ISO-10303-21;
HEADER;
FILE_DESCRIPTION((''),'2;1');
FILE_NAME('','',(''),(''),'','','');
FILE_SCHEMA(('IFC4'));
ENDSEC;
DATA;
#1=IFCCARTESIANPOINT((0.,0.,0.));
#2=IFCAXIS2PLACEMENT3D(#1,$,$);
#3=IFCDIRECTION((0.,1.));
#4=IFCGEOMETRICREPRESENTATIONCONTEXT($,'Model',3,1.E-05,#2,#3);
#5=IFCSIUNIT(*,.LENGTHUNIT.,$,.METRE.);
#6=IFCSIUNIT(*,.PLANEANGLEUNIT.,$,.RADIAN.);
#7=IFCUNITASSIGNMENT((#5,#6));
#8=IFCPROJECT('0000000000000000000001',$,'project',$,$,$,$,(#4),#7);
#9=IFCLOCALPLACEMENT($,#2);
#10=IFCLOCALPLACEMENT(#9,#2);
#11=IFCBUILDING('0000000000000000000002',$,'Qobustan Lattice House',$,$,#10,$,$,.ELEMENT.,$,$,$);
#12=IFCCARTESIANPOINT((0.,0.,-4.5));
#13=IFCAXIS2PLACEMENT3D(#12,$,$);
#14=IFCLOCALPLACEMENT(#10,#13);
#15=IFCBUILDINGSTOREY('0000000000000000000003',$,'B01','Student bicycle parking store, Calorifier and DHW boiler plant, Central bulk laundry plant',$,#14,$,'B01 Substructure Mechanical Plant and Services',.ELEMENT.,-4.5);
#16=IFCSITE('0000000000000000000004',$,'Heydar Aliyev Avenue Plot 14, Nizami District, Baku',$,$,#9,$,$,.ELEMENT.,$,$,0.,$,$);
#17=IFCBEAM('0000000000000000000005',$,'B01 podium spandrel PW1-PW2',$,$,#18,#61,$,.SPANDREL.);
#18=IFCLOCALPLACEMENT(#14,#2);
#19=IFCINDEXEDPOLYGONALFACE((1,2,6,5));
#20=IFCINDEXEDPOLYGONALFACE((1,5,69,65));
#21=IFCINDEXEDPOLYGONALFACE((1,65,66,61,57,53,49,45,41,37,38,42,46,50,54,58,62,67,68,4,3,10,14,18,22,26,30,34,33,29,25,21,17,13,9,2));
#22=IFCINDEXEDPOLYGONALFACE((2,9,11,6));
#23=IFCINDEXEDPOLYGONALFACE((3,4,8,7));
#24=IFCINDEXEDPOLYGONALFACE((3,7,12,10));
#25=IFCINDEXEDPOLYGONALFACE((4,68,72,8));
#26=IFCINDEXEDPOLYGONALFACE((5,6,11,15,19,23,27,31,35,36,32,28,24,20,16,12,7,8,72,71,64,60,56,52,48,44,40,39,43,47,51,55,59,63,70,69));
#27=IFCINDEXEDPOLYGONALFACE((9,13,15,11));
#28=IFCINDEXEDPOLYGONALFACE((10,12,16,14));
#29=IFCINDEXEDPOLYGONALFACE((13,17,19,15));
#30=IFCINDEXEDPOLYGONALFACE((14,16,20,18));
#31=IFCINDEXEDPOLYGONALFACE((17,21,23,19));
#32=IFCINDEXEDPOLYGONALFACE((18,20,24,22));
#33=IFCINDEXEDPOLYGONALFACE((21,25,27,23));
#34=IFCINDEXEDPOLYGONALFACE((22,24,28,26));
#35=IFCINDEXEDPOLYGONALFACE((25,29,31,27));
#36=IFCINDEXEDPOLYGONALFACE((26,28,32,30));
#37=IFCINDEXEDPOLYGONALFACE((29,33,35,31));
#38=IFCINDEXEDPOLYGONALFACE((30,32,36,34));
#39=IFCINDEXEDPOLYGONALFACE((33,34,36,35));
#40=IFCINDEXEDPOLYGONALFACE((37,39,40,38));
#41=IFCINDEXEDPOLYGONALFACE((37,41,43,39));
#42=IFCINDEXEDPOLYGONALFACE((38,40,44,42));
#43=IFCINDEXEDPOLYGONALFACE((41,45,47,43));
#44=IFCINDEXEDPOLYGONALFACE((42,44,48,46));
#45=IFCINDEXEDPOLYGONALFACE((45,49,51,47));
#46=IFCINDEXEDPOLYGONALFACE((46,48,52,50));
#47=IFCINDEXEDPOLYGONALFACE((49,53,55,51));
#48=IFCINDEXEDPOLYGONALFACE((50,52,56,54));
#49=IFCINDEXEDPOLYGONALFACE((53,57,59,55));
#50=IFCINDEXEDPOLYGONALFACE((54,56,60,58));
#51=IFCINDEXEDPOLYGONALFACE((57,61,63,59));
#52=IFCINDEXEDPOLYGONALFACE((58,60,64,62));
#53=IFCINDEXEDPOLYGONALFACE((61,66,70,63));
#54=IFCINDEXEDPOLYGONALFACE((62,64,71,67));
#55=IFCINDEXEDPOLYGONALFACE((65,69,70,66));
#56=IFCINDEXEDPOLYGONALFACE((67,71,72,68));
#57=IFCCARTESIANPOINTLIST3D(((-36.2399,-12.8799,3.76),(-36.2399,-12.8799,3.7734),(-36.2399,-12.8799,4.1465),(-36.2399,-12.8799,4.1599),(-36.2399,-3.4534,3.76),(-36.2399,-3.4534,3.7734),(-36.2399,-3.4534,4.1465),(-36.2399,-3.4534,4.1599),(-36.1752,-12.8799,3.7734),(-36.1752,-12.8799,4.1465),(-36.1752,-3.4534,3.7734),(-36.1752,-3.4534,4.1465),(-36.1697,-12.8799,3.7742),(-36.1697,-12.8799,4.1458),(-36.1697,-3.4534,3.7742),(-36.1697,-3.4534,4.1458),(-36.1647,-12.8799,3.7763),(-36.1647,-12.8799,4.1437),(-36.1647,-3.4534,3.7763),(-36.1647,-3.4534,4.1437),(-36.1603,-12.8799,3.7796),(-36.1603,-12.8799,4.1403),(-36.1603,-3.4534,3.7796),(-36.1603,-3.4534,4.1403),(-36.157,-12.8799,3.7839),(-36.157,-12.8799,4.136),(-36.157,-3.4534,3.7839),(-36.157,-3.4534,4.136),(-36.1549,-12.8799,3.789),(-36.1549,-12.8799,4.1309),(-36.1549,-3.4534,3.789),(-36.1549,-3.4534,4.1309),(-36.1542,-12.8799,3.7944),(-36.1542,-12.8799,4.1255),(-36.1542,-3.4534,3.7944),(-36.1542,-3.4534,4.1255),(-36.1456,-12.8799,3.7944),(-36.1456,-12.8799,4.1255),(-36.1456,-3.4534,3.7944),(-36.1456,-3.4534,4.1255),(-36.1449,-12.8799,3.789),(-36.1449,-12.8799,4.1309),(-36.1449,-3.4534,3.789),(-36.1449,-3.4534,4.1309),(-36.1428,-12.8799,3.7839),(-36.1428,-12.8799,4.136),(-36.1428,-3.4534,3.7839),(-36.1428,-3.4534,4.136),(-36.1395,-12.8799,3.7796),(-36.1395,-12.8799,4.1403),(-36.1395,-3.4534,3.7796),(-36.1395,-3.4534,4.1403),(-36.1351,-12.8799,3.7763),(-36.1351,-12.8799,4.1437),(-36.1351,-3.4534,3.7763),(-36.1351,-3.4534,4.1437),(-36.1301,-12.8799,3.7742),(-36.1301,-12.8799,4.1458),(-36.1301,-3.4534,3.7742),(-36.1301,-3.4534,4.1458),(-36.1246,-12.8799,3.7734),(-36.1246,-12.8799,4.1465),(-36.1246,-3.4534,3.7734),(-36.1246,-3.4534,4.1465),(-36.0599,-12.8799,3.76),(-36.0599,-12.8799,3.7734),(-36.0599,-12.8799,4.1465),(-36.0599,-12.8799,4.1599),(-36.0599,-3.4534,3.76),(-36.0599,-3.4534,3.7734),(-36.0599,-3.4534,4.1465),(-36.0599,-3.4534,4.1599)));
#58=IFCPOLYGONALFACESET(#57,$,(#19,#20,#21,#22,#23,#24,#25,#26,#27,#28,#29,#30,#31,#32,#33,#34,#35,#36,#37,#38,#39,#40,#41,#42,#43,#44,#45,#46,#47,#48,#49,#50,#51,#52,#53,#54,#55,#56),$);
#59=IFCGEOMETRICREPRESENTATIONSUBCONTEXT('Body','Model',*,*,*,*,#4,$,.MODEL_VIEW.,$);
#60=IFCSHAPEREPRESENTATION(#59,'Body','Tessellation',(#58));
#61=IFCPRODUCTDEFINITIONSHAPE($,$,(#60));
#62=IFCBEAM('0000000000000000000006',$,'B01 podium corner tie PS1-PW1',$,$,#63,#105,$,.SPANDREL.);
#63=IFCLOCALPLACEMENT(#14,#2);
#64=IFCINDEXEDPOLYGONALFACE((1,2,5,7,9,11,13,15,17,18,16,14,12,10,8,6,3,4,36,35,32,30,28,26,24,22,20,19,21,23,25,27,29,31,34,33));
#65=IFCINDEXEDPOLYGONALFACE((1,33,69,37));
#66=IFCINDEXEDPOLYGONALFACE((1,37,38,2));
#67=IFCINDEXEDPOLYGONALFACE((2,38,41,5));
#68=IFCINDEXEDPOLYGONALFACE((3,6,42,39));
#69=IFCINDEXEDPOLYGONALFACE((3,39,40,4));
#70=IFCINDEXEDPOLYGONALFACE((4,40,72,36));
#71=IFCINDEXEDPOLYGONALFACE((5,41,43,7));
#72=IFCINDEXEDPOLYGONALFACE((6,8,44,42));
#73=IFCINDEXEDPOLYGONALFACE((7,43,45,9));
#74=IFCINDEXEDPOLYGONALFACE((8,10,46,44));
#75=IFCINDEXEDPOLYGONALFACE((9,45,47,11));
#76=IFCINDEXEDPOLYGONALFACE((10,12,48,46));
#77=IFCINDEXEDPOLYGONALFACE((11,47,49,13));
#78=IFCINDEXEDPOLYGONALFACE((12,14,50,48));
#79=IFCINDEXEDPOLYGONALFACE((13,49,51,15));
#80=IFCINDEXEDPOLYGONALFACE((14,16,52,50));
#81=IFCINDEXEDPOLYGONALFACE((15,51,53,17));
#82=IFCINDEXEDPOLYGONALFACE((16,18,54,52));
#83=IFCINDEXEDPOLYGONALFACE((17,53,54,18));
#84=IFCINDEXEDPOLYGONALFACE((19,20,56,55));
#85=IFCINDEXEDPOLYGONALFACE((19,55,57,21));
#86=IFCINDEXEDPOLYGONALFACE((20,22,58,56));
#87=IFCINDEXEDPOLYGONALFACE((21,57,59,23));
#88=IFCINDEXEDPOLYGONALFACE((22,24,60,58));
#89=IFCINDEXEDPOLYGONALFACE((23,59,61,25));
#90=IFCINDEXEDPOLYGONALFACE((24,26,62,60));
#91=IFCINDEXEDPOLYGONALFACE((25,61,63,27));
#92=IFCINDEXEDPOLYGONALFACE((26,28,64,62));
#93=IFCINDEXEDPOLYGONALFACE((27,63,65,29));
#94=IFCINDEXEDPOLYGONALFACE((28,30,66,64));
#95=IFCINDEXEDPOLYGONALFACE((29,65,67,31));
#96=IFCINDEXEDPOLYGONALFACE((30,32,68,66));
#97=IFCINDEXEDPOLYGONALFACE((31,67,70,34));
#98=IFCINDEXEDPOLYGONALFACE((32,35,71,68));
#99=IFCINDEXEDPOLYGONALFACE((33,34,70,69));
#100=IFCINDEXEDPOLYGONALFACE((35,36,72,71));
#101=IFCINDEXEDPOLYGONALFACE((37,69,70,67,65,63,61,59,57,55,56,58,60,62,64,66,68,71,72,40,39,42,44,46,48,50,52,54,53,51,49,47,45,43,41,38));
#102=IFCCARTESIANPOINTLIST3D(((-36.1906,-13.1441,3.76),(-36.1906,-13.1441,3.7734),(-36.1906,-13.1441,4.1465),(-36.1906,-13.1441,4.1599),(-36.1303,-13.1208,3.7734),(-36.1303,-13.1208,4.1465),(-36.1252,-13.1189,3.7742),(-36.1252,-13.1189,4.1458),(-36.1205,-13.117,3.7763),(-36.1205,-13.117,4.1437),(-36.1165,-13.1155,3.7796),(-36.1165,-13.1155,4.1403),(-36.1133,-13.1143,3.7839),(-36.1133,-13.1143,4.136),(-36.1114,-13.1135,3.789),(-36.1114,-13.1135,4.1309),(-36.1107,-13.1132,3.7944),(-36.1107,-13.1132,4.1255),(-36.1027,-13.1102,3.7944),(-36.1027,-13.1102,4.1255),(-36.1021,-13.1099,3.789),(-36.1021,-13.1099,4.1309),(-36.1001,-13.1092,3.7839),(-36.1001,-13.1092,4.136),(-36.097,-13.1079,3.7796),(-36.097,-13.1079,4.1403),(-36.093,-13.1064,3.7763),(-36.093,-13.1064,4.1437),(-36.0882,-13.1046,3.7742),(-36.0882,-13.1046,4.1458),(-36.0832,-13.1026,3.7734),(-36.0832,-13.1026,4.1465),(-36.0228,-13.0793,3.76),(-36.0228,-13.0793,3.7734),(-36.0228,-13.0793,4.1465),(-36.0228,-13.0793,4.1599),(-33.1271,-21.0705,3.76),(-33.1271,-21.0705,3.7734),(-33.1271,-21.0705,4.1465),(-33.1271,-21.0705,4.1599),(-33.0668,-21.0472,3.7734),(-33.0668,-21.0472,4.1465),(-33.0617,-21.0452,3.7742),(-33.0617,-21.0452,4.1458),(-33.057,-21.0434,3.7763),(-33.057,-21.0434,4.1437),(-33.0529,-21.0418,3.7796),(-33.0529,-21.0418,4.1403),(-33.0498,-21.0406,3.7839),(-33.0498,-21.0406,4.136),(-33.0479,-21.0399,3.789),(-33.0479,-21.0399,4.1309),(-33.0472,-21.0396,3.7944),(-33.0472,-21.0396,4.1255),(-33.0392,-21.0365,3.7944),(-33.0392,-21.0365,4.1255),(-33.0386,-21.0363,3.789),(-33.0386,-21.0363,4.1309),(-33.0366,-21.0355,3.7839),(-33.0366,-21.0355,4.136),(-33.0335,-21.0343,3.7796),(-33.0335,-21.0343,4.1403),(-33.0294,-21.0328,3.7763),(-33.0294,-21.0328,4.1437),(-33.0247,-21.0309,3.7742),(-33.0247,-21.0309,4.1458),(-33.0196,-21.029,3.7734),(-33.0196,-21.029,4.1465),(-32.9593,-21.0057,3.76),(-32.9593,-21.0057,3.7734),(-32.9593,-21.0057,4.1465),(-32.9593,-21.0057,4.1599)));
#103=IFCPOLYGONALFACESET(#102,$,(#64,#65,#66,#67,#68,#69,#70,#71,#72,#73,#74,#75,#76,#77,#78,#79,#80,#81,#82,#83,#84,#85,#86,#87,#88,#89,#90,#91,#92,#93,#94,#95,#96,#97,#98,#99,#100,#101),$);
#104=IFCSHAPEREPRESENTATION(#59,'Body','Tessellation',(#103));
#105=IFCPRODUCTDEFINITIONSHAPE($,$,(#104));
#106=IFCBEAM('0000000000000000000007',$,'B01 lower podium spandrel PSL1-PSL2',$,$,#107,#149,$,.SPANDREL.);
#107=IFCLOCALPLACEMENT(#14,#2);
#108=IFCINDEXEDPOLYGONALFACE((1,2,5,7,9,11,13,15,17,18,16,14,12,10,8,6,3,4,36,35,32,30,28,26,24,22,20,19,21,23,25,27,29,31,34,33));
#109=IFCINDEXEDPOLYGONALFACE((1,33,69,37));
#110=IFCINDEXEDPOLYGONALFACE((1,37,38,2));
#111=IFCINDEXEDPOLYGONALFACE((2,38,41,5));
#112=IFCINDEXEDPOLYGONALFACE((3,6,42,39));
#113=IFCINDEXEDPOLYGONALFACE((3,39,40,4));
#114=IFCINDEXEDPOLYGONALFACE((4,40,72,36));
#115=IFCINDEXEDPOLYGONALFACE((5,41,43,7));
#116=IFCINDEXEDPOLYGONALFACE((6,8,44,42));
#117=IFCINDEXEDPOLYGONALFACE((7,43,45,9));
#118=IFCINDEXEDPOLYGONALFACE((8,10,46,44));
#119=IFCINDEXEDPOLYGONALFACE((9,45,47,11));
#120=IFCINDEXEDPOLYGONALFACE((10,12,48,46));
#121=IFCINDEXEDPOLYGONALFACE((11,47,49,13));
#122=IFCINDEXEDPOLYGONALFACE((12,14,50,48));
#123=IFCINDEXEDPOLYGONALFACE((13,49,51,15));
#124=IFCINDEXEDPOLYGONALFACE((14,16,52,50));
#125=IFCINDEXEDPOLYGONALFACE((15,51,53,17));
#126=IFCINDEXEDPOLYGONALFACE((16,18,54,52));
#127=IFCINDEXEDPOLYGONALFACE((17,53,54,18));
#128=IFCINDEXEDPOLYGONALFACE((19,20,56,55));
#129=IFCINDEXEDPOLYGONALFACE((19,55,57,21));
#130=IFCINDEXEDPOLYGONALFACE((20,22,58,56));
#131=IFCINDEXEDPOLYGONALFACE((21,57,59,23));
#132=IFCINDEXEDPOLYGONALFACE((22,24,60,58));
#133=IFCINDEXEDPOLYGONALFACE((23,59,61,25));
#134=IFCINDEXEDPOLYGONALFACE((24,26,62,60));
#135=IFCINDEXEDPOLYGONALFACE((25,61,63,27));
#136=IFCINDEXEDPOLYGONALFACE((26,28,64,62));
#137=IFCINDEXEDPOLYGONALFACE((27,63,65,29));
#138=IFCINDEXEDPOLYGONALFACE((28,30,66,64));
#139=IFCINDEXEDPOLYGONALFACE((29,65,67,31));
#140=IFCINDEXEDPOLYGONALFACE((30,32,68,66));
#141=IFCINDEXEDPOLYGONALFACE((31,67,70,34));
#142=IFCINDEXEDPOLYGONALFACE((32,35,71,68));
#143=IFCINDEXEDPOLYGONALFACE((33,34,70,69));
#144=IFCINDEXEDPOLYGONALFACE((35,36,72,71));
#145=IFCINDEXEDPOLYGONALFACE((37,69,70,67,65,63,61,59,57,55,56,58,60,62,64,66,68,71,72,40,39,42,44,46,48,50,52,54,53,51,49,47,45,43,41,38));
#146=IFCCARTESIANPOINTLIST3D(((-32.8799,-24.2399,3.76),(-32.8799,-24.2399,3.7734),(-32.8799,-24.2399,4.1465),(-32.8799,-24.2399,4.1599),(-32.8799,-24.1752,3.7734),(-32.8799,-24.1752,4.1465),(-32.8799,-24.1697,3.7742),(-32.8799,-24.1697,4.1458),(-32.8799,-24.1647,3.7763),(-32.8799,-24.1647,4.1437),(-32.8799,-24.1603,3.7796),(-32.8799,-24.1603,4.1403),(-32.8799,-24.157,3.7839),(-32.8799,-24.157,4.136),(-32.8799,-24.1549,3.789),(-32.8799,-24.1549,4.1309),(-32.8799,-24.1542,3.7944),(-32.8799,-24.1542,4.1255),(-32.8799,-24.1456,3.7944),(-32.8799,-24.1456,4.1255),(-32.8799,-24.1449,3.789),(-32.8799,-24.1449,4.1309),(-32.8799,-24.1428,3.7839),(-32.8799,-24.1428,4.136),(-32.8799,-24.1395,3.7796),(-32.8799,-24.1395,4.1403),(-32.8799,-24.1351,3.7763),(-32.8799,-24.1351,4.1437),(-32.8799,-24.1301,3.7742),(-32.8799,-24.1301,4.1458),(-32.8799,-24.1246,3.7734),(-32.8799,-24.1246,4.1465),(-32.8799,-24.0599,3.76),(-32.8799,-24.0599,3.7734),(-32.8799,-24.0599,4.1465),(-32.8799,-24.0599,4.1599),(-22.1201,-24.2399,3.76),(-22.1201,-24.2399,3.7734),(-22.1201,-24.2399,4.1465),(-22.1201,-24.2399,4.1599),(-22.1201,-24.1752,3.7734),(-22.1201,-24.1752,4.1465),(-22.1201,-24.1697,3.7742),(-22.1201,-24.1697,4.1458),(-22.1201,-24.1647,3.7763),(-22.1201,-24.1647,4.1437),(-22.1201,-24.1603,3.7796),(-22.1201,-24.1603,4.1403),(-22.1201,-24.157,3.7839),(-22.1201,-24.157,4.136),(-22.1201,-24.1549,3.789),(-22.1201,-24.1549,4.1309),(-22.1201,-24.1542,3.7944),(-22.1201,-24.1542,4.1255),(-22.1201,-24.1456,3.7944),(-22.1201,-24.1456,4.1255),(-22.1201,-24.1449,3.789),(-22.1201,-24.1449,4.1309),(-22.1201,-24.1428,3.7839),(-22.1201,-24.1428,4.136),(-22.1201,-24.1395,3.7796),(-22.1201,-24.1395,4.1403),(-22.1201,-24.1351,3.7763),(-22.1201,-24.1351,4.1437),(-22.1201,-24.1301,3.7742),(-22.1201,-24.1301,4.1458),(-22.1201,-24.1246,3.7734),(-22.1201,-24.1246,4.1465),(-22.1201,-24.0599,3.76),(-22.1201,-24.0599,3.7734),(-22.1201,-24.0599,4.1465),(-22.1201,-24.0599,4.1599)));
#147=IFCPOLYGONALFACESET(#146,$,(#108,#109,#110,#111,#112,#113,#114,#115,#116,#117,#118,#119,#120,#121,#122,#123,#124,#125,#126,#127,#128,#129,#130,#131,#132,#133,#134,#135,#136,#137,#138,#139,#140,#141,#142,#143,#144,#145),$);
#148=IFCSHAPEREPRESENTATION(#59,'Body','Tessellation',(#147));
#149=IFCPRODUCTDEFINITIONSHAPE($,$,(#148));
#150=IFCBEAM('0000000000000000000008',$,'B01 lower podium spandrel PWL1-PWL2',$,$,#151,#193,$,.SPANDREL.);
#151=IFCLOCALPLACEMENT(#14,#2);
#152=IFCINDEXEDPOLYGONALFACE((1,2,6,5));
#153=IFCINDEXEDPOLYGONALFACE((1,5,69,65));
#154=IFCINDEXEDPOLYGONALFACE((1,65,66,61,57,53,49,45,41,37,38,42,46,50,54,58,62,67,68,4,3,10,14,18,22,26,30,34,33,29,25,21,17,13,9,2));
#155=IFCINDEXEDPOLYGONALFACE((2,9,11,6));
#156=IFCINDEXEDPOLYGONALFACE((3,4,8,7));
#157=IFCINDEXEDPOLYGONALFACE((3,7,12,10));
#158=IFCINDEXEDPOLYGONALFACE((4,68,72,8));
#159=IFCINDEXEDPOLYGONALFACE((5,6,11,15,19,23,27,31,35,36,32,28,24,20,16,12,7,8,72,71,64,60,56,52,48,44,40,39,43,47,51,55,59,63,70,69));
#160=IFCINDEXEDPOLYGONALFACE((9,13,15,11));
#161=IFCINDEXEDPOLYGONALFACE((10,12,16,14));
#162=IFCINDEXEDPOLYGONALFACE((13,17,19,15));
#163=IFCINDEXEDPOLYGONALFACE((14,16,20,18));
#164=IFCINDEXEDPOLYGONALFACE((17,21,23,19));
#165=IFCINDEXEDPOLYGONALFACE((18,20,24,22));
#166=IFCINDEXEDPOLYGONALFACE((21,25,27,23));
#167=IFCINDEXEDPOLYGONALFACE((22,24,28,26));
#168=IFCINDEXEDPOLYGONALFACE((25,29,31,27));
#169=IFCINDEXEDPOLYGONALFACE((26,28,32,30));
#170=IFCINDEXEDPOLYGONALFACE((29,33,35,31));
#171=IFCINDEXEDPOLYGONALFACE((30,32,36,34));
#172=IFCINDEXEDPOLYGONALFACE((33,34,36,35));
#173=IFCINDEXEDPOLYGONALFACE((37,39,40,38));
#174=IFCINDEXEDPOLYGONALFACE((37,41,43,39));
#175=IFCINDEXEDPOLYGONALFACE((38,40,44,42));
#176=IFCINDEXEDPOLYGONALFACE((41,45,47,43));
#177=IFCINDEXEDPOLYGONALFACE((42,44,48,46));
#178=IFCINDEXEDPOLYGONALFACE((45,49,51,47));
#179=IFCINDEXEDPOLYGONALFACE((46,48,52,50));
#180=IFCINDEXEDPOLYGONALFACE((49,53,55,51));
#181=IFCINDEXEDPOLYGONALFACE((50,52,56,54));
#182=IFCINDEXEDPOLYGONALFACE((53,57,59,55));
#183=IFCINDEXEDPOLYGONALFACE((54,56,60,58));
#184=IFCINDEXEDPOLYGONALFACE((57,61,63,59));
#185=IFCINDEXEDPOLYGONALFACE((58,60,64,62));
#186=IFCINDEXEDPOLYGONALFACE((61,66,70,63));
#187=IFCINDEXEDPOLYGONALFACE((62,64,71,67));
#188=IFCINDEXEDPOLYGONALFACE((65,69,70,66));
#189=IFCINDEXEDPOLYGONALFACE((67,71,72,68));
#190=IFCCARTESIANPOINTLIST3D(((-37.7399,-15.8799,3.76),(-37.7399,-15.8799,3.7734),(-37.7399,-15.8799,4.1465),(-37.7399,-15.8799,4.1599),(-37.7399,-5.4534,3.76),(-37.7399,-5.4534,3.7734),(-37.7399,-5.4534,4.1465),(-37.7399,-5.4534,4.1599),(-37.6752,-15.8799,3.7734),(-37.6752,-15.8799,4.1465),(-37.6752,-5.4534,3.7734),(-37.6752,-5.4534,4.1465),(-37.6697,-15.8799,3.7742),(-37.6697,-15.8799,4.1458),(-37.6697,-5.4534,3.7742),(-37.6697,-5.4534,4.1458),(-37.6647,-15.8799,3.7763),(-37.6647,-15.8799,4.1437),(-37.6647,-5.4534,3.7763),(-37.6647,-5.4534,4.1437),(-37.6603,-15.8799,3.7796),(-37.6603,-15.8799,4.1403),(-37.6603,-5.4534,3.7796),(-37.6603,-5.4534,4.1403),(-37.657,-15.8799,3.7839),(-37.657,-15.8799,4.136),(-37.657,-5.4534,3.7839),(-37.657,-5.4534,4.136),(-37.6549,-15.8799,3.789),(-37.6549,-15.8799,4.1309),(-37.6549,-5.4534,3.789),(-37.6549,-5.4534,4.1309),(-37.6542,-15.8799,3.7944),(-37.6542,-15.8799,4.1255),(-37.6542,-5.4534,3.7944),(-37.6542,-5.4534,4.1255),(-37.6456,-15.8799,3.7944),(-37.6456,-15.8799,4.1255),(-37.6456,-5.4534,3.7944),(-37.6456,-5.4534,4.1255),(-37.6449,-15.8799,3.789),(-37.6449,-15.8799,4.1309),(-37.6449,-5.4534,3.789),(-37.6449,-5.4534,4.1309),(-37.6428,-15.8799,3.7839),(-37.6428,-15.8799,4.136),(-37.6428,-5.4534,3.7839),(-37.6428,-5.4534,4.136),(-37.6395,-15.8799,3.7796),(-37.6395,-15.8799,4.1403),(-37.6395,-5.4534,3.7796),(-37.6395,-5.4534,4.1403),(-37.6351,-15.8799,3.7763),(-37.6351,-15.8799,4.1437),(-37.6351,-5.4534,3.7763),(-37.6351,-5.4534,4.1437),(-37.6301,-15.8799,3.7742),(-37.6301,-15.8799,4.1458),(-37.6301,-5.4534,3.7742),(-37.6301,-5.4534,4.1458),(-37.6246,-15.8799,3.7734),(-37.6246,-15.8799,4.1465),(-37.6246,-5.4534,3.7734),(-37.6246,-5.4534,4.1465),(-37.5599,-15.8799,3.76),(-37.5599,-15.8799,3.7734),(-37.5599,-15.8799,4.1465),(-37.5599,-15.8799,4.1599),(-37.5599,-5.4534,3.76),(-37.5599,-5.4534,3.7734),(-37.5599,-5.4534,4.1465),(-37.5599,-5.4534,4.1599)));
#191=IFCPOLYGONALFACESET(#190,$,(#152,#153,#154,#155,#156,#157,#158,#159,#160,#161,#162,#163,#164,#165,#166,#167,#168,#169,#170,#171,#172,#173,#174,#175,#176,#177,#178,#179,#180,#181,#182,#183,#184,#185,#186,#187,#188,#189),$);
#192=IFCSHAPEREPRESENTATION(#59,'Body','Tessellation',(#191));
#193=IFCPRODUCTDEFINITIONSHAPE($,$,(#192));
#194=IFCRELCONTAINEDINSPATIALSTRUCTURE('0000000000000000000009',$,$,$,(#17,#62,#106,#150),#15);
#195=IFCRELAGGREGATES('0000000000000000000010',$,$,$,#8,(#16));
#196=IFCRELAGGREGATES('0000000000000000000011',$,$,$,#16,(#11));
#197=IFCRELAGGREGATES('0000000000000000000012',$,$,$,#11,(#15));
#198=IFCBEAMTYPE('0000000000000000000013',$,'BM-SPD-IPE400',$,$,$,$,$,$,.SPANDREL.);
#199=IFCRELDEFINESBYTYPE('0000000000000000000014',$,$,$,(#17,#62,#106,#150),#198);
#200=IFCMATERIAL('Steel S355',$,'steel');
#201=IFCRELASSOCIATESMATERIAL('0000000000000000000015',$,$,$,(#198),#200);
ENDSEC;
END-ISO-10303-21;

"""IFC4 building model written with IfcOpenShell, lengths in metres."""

from ifc_helpers import new_model, si_unit, direction, frame, origin, origin_2d, place, context, subcontext, project, spatial, i_section, extrude, material, material_profile, profile_set, type_object, element, save


model = new_model("IFC4")

# Units and contexts
model_context = context("Model", 3, precision=1e-05, world=origin(), true_north=direction((0.0, 1.0)))
body_context = subcontext(model_context, "Body", "Model", "MODEL_VIEW")
ifc_project = project(units=[si_unit("LENGTHUNIT", "METRE"), si_unit("PLANEANGLEUNIT", "RADIAN")], contexts=[model_context])

# Site, building, storey
site_placement = place(None, origin())
site = spatial("IfcSite", under=ifc_project, at=site_placement, Name="Heydar Aliyev Avenue Plot 14, Nizami District, Baku", CompositionType="ELEMENT", RefElevation=0.0)
building_placement = place(site_placement, origin())
building = spatial("IfcBuilding", under=site, at=building_placement, Name="Qobustan Lattice House", CompositionType="ELEMENT")
storey_placement = place(building_placement, frame((0.0, 0.0, -4.5)))
storey = spatial("IfcBuildingStorey", under=building, at=storey_placement, Name="B01", Description="Student bicycle parking store, Calorifier and DHW boiler plant, Central bulk laundry plant", LongName="B01 Substructure Mechanical Plant and Services", CompositionType="ELEMENT", Elevation=-4.5)

# Beams
ifc_material_1 = material(Name="Steel S355", Category="steel")
ifc_material_profile_1 = material_profile(ifc_material_1, i_section(OverallWidth=0.1799, OverallDepth=0.3999, WebThickness=0.0085, FlangeThickness=0.0134, FilletRadius=0.021, at=origin_2d()), Name="IPE400")
ifc_profile_set_1 = profile_set([ifc_material_profile_1], Name="Steel S355")
beam_type_1 = type_object("IfcBeamType", Name="BM-SPD-IPE400", PredefinedType="SPANDREL", material=ifc_profile_set_1)
beam_1_placement = place(storey_placement, frame((-36.1499, -12.8799, 3.96), z_axis=(0.0, 1.0, 0.0), x_axis=(-1.0, 0.0, 0.0)))
element("IfcBeam", 1, at=beam_1_placement, inside=storey, type_object=beam_type_1, Name="B01 podium spandrel PW1-PW2", PredefinedType="SPANDREL", context=body_context, shape_type="SweptSolid", body=[
    extrude(i_section(OverallWidth=0.1799, OverallDepth=0.3999, WebThickness=0.0085, FlangeThickness=0.0134, FilletRadius=0.021, at=origin_2d()), origin(), (0.0, 0.0, 1.0), 9.4265),
])
beam_2_placement = place(storey_placement, frame((-33.0432, -21.0381, 3.96), z_axis=(-0.360507, 0.932756, 0.0), x_axis=(-0.932756, -0.360507, 0.0)))
element("IfcBeam", 2, at=beam_2_placement, inside=storey, type_object=beam_type_1, Name="B01 podium corner tie PS1-PW1", PredefinedType="SPANDREL", context=body_context, shape_type="SweptSolid", body=[
    extrude(i_section(OverallWidth=0.1799, OverallDepth=0.3999, WebThickness=0.0085, FlangeThickness=0.0134, FilletRadius=0.021, at=origin_2d()), origin(), (0.0, 0.0, 1.0), 8.4978),
])
beam_3_placement = place(storey_placement, frame((-32.8799, -24.1499, 3.96), z_axis=(1.0, 0.0, 0.0), x_axis=(0.0, 1.0, 0.0)))
element("IfcBeam", 3, at=beam_3_placement, inside=storey, type_object=beam_type_1, Name="B01 lower podium spandrel PSL1-PSL2", PredefinedType="SPANDREL", context=body_context, shape_type="SweptSolid", body=[
    extrude(i_section(OverallWidth=0.1799, OverallDepth=0.3999, WebThickness=0.0085, FlangeThickness=0.0134, FilletRadius=0.021, at=origin_2d()), origin(), (0.0, 0.0, 1.0), 10.7598),
])
beam_4_placement = place(storey_placement, frame((-37.6499, -15.8799, 3.96), z_axis=(0.0, 1.0, 0.0), x_axis=(-1.0, 0.0, 0.0)))
element("IfcBeam", 4, at=beam_4_placement, inside=storey, type_object=beam_type_1, Name="B01 lower podium spandrel PWL1-PWL2", PredefinedType="SPANDREL", context=body_context, shape_type="SweptSolid", body=[
    extrude(i_section(OverallWidth=0.1799, OverallDepth=0.3999, WebThickness=0.0085, FlangeThickness=0.0134, FilletRadius=0.021, at=origin_2d()), origin(), (0.0, 0.0, 1.0), 10.4265),
])

save(model, "model.ifc")
